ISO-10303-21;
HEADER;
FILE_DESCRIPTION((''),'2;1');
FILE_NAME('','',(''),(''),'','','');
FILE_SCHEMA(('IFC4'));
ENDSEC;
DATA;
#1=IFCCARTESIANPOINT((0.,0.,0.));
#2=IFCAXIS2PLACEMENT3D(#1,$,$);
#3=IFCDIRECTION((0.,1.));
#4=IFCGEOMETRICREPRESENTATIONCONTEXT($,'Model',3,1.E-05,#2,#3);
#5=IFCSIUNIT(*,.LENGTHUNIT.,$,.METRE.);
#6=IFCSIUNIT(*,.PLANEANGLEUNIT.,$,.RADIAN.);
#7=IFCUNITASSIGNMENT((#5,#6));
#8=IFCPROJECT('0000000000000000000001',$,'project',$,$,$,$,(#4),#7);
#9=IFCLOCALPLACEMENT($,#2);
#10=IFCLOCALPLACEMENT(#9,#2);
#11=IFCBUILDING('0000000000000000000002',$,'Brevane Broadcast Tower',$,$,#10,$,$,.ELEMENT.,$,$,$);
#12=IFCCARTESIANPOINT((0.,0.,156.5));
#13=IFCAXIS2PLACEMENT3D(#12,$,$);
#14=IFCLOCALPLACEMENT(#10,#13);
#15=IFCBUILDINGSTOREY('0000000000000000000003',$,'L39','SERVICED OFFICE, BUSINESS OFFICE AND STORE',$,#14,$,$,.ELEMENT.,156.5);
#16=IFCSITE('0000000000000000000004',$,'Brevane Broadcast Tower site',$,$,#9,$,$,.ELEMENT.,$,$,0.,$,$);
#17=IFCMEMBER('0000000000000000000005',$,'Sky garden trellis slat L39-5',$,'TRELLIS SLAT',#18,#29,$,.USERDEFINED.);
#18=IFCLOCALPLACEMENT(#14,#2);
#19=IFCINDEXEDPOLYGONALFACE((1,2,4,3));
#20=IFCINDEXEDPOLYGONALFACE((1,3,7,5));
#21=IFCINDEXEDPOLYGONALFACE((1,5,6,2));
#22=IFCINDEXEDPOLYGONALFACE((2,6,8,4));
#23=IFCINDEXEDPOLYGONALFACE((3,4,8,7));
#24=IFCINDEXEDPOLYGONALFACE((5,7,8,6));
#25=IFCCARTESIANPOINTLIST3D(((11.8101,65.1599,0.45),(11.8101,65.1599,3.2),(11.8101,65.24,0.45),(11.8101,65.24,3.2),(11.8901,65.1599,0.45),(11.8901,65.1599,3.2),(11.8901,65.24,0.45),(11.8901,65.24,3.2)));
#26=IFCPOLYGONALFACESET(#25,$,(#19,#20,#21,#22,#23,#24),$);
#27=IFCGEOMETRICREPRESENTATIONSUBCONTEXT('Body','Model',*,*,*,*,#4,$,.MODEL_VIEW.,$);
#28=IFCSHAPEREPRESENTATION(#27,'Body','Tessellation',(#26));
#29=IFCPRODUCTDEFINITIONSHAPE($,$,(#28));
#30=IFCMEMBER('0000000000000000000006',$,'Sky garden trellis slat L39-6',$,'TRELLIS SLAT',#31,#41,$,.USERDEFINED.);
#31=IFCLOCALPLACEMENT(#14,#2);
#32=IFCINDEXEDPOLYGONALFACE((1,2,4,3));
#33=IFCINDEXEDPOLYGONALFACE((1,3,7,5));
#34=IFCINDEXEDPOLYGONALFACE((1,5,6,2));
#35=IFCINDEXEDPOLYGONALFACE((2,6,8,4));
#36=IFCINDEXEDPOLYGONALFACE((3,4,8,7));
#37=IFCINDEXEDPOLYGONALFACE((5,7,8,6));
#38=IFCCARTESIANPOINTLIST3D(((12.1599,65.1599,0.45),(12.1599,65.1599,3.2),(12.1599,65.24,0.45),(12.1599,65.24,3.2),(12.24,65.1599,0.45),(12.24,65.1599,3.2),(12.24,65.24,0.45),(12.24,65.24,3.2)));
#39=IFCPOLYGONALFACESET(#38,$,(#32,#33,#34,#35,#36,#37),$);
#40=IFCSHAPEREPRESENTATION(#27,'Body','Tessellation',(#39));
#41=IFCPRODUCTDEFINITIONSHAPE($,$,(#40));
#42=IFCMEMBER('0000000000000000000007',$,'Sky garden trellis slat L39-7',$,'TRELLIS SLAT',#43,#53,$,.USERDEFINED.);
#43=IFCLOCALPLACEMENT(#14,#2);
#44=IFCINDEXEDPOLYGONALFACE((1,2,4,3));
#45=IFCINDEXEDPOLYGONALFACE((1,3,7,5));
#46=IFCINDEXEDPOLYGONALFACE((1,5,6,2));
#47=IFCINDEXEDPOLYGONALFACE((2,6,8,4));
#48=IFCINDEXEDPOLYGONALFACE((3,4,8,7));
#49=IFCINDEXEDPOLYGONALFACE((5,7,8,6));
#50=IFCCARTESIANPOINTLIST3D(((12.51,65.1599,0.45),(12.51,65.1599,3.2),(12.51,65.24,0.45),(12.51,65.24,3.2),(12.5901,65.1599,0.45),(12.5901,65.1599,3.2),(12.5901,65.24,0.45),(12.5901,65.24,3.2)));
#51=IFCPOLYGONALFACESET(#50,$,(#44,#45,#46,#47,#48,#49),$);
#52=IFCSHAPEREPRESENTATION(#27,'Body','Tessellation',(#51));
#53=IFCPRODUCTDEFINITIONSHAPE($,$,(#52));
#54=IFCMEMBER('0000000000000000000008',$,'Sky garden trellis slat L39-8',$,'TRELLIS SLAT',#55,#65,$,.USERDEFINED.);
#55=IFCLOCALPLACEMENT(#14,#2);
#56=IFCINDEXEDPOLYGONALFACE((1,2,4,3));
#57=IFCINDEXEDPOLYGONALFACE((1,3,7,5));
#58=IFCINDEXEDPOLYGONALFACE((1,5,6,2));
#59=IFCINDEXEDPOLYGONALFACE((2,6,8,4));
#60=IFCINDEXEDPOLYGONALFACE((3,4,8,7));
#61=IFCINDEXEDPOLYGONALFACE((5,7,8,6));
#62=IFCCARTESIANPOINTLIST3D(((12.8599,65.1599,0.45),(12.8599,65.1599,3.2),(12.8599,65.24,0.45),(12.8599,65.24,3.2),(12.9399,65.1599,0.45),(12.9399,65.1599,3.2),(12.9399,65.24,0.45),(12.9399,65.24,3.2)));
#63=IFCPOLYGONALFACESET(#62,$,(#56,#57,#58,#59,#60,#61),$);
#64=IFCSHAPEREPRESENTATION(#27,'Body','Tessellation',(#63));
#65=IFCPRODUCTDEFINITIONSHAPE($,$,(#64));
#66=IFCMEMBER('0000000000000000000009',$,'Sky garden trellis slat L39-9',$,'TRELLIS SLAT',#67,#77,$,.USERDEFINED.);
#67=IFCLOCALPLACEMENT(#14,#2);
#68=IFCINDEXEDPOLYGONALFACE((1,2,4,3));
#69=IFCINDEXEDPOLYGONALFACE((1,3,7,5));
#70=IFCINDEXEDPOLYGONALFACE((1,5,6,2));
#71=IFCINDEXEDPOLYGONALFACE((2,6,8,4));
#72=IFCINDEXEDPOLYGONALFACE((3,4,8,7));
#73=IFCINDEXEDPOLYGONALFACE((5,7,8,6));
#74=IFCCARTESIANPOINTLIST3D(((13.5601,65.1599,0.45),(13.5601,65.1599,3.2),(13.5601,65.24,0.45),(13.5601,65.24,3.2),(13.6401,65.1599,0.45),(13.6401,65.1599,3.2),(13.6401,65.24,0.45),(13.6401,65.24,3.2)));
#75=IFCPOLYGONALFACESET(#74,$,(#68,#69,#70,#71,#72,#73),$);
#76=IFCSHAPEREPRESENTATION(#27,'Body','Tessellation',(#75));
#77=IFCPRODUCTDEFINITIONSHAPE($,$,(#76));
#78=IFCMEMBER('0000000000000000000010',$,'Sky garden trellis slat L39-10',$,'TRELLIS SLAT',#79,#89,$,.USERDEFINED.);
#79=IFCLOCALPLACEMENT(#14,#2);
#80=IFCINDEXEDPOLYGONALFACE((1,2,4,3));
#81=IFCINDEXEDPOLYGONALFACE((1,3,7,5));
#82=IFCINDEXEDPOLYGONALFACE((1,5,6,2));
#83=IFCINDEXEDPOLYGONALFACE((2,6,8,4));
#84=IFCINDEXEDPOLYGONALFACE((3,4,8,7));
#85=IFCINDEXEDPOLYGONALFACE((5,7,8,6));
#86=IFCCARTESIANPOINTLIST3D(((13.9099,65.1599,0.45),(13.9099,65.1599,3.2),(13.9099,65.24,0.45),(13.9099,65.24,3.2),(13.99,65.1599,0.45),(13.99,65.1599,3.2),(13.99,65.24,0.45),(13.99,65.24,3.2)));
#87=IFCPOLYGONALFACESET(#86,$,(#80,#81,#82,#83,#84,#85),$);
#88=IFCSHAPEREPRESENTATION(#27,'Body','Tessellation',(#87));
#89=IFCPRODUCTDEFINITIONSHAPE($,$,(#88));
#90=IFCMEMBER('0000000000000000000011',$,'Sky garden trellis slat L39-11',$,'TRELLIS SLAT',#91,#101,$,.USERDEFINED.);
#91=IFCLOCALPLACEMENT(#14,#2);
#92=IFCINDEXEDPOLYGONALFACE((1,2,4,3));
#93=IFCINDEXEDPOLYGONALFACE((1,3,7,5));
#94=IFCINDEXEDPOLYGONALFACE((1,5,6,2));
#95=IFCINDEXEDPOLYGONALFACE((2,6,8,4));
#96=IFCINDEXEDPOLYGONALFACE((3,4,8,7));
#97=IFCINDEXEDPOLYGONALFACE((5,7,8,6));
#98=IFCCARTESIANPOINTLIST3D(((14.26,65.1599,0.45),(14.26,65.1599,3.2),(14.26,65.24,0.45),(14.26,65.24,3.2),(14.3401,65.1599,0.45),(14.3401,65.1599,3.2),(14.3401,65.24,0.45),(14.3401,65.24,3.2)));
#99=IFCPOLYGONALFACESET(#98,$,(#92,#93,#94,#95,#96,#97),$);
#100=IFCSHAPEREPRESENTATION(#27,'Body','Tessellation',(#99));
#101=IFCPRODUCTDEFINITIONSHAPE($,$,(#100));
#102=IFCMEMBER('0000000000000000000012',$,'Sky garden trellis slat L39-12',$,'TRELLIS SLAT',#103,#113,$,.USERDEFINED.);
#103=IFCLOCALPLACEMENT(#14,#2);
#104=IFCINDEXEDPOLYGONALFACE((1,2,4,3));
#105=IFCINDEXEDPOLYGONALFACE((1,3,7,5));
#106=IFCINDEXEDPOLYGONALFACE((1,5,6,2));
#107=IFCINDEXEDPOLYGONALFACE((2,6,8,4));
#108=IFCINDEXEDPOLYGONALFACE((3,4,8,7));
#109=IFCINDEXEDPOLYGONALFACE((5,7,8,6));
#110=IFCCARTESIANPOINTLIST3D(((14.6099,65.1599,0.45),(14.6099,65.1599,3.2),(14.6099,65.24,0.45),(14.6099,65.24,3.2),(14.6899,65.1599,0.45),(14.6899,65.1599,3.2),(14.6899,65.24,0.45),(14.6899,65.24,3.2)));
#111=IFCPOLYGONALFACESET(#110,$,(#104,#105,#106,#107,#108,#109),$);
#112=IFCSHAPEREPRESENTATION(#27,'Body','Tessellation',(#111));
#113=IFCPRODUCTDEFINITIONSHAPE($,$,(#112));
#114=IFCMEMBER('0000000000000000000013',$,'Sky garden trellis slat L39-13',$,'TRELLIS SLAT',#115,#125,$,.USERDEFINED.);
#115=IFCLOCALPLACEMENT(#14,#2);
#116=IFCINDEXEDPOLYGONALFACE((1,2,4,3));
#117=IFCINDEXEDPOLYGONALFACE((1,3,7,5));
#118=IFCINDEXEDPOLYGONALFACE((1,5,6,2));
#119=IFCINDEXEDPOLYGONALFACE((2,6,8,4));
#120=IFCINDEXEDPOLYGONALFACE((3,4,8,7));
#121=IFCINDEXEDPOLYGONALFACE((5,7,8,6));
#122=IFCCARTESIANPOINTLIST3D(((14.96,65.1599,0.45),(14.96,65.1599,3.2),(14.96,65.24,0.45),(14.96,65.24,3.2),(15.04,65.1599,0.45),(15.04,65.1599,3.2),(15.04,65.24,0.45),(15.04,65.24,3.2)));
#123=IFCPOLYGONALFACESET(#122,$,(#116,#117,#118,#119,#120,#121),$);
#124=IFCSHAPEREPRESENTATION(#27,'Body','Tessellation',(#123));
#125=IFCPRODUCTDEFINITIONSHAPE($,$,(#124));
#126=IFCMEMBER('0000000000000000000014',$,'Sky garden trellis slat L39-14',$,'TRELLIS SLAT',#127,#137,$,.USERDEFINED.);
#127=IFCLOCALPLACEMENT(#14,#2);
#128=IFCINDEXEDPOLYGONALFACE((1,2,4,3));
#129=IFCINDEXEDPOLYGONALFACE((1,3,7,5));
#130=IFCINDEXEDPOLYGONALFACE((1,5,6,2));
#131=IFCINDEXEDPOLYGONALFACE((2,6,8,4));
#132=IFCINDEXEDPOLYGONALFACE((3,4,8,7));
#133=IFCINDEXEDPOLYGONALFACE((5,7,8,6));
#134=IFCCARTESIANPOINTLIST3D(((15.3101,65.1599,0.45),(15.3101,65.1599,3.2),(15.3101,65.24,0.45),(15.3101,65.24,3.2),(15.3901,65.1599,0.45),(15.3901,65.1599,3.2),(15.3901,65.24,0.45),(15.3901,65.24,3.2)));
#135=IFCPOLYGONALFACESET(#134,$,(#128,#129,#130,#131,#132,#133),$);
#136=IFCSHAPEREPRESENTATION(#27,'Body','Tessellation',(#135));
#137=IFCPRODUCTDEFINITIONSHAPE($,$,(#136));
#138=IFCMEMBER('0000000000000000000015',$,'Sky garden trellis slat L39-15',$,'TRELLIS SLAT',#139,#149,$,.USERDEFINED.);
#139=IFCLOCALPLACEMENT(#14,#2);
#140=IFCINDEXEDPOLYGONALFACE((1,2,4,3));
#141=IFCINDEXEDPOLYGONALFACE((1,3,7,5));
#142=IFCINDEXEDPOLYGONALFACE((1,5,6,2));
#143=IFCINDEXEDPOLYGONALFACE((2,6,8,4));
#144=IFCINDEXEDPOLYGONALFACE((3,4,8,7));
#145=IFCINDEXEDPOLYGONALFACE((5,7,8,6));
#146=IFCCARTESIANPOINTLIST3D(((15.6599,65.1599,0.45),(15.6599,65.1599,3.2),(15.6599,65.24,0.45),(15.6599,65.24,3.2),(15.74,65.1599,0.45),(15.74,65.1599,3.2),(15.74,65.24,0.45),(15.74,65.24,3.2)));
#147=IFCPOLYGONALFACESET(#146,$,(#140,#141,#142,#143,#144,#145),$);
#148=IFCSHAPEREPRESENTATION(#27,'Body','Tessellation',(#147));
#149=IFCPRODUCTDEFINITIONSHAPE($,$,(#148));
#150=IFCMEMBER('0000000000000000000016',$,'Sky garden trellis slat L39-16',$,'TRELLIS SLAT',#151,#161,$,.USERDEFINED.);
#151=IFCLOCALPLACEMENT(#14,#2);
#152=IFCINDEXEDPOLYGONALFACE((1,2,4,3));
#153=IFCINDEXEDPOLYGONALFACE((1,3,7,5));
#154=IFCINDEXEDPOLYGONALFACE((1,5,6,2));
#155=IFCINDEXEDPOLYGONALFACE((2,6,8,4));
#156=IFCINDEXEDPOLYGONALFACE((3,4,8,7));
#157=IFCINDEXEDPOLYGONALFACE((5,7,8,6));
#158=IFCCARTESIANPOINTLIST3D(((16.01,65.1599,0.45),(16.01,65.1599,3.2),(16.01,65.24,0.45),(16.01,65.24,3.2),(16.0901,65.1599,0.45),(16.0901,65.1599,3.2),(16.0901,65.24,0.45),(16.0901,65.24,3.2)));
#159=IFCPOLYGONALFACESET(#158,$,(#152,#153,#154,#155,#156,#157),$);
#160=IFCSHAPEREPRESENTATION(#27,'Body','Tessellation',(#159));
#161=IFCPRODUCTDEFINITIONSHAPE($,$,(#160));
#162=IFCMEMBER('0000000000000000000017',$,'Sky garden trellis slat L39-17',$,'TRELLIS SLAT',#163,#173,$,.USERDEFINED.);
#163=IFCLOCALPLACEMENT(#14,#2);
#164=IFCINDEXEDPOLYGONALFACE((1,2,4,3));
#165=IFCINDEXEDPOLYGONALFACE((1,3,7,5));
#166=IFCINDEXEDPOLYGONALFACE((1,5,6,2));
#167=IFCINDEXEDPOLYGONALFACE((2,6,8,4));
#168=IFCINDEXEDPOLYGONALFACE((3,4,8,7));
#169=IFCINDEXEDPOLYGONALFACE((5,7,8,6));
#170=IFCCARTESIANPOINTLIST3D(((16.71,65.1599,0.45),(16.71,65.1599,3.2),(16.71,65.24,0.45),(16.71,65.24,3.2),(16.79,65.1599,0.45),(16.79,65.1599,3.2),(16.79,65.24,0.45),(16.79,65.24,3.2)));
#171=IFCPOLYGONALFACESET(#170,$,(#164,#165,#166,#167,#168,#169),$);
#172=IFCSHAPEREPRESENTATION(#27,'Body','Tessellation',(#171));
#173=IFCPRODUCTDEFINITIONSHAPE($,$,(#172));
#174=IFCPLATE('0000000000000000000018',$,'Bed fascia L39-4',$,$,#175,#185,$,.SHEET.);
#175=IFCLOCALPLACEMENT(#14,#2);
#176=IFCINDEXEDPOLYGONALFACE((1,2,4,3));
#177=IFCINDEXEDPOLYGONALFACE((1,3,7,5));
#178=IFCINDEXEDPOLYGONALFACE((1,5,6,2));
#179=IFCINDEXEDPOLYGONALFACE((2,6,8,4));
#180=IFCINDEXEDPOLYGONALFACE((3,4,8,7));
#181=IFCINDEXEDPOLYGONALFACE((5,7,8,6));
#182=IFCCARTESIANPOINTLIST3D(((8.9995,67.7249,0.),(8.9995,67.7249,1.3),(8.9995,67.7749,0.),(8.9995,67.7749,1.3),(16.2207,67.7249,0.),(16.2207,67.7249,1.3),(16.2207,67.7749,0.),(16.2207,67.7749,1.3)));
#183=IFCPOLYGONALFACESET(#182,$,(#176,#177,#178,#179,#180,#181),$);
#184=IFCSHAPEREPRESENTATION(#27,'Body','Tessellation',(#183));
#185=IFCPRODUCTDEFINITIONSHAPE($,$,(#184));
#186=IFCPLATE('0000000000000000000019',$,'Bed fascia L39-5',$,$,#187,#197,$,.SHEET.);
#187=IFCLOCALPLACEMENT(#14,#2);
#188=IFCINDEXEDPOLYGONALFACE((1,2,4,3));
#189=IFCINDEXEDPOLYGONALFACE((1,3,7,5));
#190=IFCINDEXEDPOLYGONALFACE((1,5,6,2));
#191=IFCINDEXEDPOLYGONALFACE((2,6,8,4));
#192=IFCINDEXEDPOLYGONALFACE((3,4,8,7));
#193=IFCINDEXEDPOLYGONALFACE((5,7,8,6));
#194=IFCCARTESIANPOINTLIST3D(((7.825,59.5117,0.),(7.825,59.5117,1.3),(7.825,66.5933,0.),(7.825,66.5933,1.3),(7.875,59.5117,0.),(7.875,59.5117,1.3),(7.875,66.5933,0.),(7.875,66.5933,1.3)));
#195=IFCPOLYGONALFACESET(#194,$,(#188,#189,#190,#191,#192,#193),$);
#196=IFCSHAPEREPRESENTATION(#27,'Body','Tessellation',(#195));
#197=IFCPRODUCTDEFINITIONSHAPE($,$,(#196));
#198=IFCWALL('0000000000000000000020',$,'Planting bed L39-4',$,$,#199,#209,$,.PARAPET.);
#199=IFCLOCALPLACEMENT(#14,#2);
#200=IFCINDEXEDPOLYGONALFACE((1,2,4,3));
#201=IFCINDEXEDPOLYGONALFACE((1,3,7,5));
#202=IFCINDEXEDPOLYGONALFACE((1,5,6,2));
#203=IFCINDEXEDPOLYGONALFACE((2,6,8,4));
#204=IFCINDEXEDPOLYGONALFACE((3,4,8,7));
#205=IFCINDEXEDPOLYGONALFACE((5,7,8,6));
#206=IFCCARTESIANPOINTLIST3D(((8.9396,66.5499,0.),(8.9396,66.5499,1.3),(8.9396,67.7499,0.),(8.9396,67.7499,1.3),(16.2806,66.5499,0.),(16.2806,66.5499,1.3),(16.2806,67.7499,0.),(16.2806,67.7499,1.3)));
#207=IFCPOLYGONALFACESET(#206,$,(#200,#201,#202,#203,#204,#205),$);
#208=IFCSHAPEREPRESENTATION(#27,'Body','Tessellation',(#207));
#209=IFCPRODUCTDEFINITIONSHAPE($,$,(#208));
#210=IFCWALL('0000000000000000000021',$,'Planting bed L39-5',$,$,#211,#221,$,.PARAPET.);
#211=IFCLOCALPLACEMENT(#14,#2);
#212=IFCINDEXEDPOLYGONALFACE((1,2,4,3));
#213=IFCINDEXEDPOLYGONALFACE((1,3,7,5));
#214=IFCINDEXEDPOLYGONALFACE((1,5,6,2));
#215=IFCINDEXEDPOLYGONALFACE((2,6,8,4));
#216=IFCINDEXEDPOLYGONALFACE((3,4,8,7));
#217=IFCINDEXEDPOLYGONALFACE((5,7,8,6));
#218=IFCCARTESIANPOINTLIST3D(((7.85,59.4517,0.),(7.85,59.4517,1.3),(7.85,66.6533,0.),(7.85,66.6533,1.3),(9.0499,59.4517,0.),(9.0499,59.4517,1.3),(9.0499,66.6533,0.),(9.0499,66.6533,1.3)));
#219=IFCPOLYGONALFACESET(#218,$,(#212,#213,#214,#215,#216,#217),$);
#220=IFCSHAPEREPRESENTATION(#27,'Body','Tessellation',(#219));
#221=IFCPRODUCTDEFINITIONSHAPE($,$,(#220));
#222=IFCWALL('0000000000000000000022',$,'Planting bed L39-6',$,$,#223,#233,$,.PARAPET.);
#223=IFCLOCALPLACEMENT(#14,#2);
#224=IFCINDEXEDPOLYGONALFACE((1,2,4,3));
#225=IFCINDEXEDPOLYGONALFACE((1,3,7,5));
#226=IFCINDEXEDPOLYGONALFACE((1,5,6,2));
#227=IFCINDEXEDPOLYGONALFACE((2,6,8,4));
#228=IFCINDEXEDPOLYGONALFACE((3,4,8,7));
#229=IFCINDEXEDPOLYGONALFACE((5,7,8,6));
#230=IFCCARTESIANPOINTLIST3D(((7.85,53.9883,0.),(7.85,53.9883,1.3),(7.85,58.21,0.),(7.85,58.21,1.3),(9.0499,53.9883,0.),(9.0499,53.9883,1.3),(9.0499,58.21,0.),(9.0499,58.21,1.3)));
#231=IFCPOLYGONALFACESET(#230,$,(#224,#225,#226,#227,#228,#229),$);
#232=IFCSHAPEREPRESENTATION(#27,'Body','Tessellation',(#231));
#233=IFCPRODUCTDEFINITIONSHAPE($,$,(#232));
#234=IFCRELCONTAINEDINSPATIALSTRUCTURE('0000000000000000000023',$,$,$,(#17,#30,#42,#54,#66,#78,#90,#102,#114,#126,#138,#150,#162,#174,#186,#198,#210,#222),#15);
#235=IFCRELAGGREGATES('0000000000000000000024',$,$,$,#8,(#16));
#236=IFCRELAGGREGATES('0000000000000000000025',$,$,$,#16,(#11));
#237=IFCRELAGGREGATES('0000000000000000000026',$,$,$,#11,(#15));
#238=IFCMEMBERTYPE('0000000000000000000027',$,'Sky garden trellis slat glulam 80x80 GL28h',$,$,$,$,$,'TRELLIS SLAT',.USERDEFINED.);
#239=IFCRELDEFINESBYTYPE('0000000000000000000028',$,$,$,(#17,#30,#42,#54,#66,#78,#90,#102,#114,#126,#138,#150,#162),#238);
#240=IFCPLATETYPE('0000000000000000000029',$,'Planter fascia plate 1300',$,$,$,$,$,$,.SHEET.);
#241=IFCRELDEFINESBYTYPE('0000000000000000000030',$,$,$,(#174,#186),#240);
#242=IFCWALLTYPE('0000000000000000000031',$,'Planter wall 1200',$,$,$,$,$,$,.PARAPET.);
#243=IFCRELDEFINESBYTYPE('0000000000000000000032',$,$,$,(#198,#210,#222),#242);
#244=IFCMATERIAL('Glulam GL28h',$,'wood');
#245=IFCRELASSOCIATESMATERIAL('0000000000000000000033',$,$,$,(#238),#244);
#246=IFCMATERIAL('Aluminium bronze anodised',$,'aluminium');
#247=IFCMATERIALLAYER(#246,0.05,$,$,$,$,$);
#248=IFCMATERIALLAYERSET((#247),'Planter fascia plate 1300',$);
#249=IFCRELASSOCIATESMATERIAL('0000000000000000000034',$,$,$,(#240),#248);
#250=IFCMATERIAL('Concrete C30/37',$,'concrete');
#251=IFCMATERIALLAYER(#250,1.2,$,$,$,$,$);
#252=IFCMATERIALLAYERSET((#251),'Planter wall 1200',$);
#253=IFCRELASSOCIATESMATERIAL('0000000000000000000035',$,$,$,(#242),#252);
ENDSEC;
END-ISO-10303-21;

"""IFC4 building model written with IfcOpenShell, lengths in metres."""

from ifc_helpers import new_model, si_unit, direction, frame, frame_2d, origin, origin_2d, place, context, subcontext, project, spatial, polyline, rectangle, outline, extrude, material, layer, layer_set, material_profile, profile_set, type_object, element, save


model = new_model("IFC4")

# Units and contexts
model_context = context("Model", 3, precision=1e-05, world=origin(), true_north=direction((0.0, 1.0)))
body_context = subcontext(model_context, "Body", "Model", "MODEL_VIEW")
ifc_project = project(units=[si_unit("LENGTHUNIT", "METRE"), si_unit("PLANEANGLEUNIT", "RADIAN")], contexts=[model_context])

# Site, building, storey
site_placement = place(None, origin())
site = spatial("IfcSite", under=ifc_project, at=site_placement, Name="Brevane Broadcast Tower site", CompositionType="ELEMENT", RefElevation=0.0)
building_placement = place(site_placement, origin())
building = spatial("IfcBuilding", under=site, at=building_placement, Name="Brevane Broadcast Tower", CompositionType="ELEMENT")
storey_placement = place(building_placement, frame((0.0, 0.0, 156.5)))
storey = spatial("IfcBuildingStorey", under=building, at=storey_placement, Name="L39", Description="SERVICED OFFICE, BUSINESS OFFICE AND STORE", CompositionType="ELEMENT", Elevation=156.5)

# Members
ifc_material_1 = material(Name="Glulam GL28h", Category="wood")
ifc_material_profile_1 = material_profile(ifc_material_1, rectangle(XDim=0.0801, YDim=0.0801, at=origin_2d()), Name="RECT 80x80")
ifc_profile_set_1 = profile_set([ifc_material_profile_1], Name="Glulam GL28h")
member_type_1 = type_object("IfcMemberType", Name="Sky garden trellis slat glulam 80x80 GL28h", ElementType="TRELLIS SLAT", PredefinedType="USERDEFINED", material=ifc_profile_set_1)
for number, where, z_axis, x_axis, name in (
    (1, (11.8501, 65.2, 0.45), (0.0, 0.0, 1.0), (1.0, 0.0, 0.0), "Sky garden trellis slat L39-5"),
    (2, (12.2, 65.2, 0.45), (0.0, 0.0, 1.0), (1.0, 0.0, 0.0), "Sky garden trellis slat L39-6"),
    (3, (12.55, 65.2, 0.45), (0.0, 0.0, 1.0), (1.0, 0.0, 0.0), "Sky garden trellis slat L39-7"),
    (4, (12.8999, 65.2, 0.45), (0.0, 0.0, 1.0), (1.0, 0.0, 0.0), "Sky garden trellis slat L39-8"),
    (5, (13.6001, 65.2, 0.45), (0.0, 0.0, 1.0), (1.0, 0.0, 0.0), "Sky garden trellis slat L39-9"),
    (6, (13.95, 65.2, 0.45), (0.0, 0.0, 1.0), (1.0, 0.0, 0.0), "Sky garden trellis slat L39-10"),
    (7, (14.3, 65.2, 0.45), (0.0, 0.0, 1.0), (1.0, 0.0, 0.0), "Sky garden trellis slat L39-11"),
    (8, (14.6499, 65.2, 0.45), (0.0, 0.0, 1.0), (1.0, 0.0, 0.0), "Sky garden trellis slat L39-12"),
    (9, (15.0, 65.2, 0.45), (0.0, 0.0, 1.0), (1.0, 0.0, 0.0), "Sky garden trellis slat L39-13"),
    (10, (15.3501, 65.2, 0.45), (0.0, 0.0, 1.0), (1.0, 0.0, 0.0), "Sky garden trellis slat L39-14"),
    (11, (15.7, 65.2, 0.45), (0.0, 0.0, 1.0), (1.0, 0.0, 0.0), "Sky garden trellis slat L39-15"),
    (12, (16.05, 65.2, 0.45), (0.0, 0.0, 1.0), (1.0, 0.0, 0.0), "Sky garden trellis slat L39-16"),
    (13, (16.75, 65.2, 0.45), (0.0, 0.0, 1.0), (1.0, 0.0, 0.0), "Sky garden trellis slat L39-17"),
):
    element("IfcMember", number, at=place(storey_placement, frame(where, z_axis=z_axis, x_axis=x_axis)), inside=storey, type_object=member_type_1, Name=name, ObjectType="TRELLIS SLAT", PredefinedType="USERDEFINED", context=body_context, shape_type="SweptSolid", body=[
        extrude(rectangle(XDim=0.0801, YDim=0.0801, at=origin_2d()), origin(), (0.0, 0.0, 1.0), 2.75),
    ])

# Plates
ifc_material_2 = material(Name="Aluminium bronze anodised", Category="aluminium")
ifc_layer_1 = layer(ifc_material_2, 0.05)
ifc_layer_set_1 = layer_set([ifc_layer_1], Name="Planter fascia plate 1300")
plate_type = type_object("IfcPlateType", Name="Planter fascia plate 1300", PredefinedType="SHEET", material=ifc_layer_set_1)
plate_1_placement = place(storey_placement, frame((16.2207, 67.7749, 0.0), z_axis=(0.0, 1.0, 0.0), x_axis=(-1.0, 0.0, 0.0)))
element("IfcPlate", 14, at=plate_1_placement, inside=storey, type_object=plate_type, Name="Bed fascia L39-4", PredefinedType="SHEET", context=body_context, shape_type="SweptSolid", body=[
    extrude(outline(polyline([(0.0, 0.0), (7.2212, 0.0), (7.2212, 1.3), (0.0, 1.3), (0.0, 0.0)])), origin(), (0.0, 0.0, -1.0), 0.05),
])
plate_2_placement = place(storey_placement, frame((7.825, 66.5933, 0.0), z_axis=(-1.0, 0.0, 0.0), x_axis=(0.0, -1.0, 0.0)))
element("IfcPlate", 15, at=plate_2_placement, inside=storey, type_object=plate_type, Name="Bed fascia L39-5", PredefinedType="SHEET", context=body_context, shape_type="SweptSolid", body=[
    extrude(outline(polyline([(0.0, 0.0), (7.0815, 0.0), (7.0815, 1.3), (0.0, 1.3), (0.0, 0.0)])), origin(), (0.0, 0.0, -1.0), 0.05),
])

# Walls
ifc_material_3 = material(Name="Concrete C30/37", Category="concrete")
ifc_layer_2 = layer(ifc_material_3, 1.2)
ifc_layer_set_2 = layer_set([ifc_layer_2], Name="Planter wall 1200")
wall_type = type_object("IfcWallType", Name="Planter wall 1200", PredefinedType="PARAPET", material=ifc_layer_set_2)
wall_1_placement = place(storey_placement, frame((16.2805, 67.1499, 0.0), z_axis=(0.0, 0.0, 1.0), x_axis=(-1.0, 0.0, 0.0)))
element("IfcWall", 16, at=wall_1_placement, inside=storey, type_object=wall_type, Name="Planting bed L39-4", PredefinedType="PARAPET", context=body_context, shape_type="SweptSolid", body=[
    extrude(rectangle(XDim=7.3411, YDim=1.2, at=frame_2d((3.6704, 0.0))), origin(), (0.0, 0.0, 1.0), 1.3),
])
wall_2_placement = place(storey_placement, frame((8.45, 66.6533, 0.0), z_axis=(0.0, 0.0, 1.0), x_axis=(0.0, -1.0, 0.0)))
element("IfcWall", 17, at=wall_2_placement, inside=storey, type_object=wall_type, Name="Planting bed L39-5", PredefinedType="PARAPET", context=body_context, shape_type="SweptSolid", body=[
    extrude(rectangle(XDim=7.2017, YDim=1.2, at=frame_2d((3.6008, 0.0))), origin(), (0.0, 0.0, 1.0), 1.3),
])
wall_3_placement = place(storey_placement, frame((8.45, 58.21, 0.0), z_axis=(0.0, 0.0, 1.0), x_axis=(0.0, -1.0, 0.0)))
element("IfcWall", 18, at=wall_3_placement, inside=storey, type_object=wall_type, Name="Planting bed L39-6", PredefinedType="PARAPET", context=body_context, shape_type="SweptSolid", body=[
    extrude(rectangle(XDim=4.2217, YDim=1.2, at=frame_2d((2.1108, 0.0))), origin(), (0.0, 0.0, 1.0), 1.3),
])

save(model, "model.ifc")
